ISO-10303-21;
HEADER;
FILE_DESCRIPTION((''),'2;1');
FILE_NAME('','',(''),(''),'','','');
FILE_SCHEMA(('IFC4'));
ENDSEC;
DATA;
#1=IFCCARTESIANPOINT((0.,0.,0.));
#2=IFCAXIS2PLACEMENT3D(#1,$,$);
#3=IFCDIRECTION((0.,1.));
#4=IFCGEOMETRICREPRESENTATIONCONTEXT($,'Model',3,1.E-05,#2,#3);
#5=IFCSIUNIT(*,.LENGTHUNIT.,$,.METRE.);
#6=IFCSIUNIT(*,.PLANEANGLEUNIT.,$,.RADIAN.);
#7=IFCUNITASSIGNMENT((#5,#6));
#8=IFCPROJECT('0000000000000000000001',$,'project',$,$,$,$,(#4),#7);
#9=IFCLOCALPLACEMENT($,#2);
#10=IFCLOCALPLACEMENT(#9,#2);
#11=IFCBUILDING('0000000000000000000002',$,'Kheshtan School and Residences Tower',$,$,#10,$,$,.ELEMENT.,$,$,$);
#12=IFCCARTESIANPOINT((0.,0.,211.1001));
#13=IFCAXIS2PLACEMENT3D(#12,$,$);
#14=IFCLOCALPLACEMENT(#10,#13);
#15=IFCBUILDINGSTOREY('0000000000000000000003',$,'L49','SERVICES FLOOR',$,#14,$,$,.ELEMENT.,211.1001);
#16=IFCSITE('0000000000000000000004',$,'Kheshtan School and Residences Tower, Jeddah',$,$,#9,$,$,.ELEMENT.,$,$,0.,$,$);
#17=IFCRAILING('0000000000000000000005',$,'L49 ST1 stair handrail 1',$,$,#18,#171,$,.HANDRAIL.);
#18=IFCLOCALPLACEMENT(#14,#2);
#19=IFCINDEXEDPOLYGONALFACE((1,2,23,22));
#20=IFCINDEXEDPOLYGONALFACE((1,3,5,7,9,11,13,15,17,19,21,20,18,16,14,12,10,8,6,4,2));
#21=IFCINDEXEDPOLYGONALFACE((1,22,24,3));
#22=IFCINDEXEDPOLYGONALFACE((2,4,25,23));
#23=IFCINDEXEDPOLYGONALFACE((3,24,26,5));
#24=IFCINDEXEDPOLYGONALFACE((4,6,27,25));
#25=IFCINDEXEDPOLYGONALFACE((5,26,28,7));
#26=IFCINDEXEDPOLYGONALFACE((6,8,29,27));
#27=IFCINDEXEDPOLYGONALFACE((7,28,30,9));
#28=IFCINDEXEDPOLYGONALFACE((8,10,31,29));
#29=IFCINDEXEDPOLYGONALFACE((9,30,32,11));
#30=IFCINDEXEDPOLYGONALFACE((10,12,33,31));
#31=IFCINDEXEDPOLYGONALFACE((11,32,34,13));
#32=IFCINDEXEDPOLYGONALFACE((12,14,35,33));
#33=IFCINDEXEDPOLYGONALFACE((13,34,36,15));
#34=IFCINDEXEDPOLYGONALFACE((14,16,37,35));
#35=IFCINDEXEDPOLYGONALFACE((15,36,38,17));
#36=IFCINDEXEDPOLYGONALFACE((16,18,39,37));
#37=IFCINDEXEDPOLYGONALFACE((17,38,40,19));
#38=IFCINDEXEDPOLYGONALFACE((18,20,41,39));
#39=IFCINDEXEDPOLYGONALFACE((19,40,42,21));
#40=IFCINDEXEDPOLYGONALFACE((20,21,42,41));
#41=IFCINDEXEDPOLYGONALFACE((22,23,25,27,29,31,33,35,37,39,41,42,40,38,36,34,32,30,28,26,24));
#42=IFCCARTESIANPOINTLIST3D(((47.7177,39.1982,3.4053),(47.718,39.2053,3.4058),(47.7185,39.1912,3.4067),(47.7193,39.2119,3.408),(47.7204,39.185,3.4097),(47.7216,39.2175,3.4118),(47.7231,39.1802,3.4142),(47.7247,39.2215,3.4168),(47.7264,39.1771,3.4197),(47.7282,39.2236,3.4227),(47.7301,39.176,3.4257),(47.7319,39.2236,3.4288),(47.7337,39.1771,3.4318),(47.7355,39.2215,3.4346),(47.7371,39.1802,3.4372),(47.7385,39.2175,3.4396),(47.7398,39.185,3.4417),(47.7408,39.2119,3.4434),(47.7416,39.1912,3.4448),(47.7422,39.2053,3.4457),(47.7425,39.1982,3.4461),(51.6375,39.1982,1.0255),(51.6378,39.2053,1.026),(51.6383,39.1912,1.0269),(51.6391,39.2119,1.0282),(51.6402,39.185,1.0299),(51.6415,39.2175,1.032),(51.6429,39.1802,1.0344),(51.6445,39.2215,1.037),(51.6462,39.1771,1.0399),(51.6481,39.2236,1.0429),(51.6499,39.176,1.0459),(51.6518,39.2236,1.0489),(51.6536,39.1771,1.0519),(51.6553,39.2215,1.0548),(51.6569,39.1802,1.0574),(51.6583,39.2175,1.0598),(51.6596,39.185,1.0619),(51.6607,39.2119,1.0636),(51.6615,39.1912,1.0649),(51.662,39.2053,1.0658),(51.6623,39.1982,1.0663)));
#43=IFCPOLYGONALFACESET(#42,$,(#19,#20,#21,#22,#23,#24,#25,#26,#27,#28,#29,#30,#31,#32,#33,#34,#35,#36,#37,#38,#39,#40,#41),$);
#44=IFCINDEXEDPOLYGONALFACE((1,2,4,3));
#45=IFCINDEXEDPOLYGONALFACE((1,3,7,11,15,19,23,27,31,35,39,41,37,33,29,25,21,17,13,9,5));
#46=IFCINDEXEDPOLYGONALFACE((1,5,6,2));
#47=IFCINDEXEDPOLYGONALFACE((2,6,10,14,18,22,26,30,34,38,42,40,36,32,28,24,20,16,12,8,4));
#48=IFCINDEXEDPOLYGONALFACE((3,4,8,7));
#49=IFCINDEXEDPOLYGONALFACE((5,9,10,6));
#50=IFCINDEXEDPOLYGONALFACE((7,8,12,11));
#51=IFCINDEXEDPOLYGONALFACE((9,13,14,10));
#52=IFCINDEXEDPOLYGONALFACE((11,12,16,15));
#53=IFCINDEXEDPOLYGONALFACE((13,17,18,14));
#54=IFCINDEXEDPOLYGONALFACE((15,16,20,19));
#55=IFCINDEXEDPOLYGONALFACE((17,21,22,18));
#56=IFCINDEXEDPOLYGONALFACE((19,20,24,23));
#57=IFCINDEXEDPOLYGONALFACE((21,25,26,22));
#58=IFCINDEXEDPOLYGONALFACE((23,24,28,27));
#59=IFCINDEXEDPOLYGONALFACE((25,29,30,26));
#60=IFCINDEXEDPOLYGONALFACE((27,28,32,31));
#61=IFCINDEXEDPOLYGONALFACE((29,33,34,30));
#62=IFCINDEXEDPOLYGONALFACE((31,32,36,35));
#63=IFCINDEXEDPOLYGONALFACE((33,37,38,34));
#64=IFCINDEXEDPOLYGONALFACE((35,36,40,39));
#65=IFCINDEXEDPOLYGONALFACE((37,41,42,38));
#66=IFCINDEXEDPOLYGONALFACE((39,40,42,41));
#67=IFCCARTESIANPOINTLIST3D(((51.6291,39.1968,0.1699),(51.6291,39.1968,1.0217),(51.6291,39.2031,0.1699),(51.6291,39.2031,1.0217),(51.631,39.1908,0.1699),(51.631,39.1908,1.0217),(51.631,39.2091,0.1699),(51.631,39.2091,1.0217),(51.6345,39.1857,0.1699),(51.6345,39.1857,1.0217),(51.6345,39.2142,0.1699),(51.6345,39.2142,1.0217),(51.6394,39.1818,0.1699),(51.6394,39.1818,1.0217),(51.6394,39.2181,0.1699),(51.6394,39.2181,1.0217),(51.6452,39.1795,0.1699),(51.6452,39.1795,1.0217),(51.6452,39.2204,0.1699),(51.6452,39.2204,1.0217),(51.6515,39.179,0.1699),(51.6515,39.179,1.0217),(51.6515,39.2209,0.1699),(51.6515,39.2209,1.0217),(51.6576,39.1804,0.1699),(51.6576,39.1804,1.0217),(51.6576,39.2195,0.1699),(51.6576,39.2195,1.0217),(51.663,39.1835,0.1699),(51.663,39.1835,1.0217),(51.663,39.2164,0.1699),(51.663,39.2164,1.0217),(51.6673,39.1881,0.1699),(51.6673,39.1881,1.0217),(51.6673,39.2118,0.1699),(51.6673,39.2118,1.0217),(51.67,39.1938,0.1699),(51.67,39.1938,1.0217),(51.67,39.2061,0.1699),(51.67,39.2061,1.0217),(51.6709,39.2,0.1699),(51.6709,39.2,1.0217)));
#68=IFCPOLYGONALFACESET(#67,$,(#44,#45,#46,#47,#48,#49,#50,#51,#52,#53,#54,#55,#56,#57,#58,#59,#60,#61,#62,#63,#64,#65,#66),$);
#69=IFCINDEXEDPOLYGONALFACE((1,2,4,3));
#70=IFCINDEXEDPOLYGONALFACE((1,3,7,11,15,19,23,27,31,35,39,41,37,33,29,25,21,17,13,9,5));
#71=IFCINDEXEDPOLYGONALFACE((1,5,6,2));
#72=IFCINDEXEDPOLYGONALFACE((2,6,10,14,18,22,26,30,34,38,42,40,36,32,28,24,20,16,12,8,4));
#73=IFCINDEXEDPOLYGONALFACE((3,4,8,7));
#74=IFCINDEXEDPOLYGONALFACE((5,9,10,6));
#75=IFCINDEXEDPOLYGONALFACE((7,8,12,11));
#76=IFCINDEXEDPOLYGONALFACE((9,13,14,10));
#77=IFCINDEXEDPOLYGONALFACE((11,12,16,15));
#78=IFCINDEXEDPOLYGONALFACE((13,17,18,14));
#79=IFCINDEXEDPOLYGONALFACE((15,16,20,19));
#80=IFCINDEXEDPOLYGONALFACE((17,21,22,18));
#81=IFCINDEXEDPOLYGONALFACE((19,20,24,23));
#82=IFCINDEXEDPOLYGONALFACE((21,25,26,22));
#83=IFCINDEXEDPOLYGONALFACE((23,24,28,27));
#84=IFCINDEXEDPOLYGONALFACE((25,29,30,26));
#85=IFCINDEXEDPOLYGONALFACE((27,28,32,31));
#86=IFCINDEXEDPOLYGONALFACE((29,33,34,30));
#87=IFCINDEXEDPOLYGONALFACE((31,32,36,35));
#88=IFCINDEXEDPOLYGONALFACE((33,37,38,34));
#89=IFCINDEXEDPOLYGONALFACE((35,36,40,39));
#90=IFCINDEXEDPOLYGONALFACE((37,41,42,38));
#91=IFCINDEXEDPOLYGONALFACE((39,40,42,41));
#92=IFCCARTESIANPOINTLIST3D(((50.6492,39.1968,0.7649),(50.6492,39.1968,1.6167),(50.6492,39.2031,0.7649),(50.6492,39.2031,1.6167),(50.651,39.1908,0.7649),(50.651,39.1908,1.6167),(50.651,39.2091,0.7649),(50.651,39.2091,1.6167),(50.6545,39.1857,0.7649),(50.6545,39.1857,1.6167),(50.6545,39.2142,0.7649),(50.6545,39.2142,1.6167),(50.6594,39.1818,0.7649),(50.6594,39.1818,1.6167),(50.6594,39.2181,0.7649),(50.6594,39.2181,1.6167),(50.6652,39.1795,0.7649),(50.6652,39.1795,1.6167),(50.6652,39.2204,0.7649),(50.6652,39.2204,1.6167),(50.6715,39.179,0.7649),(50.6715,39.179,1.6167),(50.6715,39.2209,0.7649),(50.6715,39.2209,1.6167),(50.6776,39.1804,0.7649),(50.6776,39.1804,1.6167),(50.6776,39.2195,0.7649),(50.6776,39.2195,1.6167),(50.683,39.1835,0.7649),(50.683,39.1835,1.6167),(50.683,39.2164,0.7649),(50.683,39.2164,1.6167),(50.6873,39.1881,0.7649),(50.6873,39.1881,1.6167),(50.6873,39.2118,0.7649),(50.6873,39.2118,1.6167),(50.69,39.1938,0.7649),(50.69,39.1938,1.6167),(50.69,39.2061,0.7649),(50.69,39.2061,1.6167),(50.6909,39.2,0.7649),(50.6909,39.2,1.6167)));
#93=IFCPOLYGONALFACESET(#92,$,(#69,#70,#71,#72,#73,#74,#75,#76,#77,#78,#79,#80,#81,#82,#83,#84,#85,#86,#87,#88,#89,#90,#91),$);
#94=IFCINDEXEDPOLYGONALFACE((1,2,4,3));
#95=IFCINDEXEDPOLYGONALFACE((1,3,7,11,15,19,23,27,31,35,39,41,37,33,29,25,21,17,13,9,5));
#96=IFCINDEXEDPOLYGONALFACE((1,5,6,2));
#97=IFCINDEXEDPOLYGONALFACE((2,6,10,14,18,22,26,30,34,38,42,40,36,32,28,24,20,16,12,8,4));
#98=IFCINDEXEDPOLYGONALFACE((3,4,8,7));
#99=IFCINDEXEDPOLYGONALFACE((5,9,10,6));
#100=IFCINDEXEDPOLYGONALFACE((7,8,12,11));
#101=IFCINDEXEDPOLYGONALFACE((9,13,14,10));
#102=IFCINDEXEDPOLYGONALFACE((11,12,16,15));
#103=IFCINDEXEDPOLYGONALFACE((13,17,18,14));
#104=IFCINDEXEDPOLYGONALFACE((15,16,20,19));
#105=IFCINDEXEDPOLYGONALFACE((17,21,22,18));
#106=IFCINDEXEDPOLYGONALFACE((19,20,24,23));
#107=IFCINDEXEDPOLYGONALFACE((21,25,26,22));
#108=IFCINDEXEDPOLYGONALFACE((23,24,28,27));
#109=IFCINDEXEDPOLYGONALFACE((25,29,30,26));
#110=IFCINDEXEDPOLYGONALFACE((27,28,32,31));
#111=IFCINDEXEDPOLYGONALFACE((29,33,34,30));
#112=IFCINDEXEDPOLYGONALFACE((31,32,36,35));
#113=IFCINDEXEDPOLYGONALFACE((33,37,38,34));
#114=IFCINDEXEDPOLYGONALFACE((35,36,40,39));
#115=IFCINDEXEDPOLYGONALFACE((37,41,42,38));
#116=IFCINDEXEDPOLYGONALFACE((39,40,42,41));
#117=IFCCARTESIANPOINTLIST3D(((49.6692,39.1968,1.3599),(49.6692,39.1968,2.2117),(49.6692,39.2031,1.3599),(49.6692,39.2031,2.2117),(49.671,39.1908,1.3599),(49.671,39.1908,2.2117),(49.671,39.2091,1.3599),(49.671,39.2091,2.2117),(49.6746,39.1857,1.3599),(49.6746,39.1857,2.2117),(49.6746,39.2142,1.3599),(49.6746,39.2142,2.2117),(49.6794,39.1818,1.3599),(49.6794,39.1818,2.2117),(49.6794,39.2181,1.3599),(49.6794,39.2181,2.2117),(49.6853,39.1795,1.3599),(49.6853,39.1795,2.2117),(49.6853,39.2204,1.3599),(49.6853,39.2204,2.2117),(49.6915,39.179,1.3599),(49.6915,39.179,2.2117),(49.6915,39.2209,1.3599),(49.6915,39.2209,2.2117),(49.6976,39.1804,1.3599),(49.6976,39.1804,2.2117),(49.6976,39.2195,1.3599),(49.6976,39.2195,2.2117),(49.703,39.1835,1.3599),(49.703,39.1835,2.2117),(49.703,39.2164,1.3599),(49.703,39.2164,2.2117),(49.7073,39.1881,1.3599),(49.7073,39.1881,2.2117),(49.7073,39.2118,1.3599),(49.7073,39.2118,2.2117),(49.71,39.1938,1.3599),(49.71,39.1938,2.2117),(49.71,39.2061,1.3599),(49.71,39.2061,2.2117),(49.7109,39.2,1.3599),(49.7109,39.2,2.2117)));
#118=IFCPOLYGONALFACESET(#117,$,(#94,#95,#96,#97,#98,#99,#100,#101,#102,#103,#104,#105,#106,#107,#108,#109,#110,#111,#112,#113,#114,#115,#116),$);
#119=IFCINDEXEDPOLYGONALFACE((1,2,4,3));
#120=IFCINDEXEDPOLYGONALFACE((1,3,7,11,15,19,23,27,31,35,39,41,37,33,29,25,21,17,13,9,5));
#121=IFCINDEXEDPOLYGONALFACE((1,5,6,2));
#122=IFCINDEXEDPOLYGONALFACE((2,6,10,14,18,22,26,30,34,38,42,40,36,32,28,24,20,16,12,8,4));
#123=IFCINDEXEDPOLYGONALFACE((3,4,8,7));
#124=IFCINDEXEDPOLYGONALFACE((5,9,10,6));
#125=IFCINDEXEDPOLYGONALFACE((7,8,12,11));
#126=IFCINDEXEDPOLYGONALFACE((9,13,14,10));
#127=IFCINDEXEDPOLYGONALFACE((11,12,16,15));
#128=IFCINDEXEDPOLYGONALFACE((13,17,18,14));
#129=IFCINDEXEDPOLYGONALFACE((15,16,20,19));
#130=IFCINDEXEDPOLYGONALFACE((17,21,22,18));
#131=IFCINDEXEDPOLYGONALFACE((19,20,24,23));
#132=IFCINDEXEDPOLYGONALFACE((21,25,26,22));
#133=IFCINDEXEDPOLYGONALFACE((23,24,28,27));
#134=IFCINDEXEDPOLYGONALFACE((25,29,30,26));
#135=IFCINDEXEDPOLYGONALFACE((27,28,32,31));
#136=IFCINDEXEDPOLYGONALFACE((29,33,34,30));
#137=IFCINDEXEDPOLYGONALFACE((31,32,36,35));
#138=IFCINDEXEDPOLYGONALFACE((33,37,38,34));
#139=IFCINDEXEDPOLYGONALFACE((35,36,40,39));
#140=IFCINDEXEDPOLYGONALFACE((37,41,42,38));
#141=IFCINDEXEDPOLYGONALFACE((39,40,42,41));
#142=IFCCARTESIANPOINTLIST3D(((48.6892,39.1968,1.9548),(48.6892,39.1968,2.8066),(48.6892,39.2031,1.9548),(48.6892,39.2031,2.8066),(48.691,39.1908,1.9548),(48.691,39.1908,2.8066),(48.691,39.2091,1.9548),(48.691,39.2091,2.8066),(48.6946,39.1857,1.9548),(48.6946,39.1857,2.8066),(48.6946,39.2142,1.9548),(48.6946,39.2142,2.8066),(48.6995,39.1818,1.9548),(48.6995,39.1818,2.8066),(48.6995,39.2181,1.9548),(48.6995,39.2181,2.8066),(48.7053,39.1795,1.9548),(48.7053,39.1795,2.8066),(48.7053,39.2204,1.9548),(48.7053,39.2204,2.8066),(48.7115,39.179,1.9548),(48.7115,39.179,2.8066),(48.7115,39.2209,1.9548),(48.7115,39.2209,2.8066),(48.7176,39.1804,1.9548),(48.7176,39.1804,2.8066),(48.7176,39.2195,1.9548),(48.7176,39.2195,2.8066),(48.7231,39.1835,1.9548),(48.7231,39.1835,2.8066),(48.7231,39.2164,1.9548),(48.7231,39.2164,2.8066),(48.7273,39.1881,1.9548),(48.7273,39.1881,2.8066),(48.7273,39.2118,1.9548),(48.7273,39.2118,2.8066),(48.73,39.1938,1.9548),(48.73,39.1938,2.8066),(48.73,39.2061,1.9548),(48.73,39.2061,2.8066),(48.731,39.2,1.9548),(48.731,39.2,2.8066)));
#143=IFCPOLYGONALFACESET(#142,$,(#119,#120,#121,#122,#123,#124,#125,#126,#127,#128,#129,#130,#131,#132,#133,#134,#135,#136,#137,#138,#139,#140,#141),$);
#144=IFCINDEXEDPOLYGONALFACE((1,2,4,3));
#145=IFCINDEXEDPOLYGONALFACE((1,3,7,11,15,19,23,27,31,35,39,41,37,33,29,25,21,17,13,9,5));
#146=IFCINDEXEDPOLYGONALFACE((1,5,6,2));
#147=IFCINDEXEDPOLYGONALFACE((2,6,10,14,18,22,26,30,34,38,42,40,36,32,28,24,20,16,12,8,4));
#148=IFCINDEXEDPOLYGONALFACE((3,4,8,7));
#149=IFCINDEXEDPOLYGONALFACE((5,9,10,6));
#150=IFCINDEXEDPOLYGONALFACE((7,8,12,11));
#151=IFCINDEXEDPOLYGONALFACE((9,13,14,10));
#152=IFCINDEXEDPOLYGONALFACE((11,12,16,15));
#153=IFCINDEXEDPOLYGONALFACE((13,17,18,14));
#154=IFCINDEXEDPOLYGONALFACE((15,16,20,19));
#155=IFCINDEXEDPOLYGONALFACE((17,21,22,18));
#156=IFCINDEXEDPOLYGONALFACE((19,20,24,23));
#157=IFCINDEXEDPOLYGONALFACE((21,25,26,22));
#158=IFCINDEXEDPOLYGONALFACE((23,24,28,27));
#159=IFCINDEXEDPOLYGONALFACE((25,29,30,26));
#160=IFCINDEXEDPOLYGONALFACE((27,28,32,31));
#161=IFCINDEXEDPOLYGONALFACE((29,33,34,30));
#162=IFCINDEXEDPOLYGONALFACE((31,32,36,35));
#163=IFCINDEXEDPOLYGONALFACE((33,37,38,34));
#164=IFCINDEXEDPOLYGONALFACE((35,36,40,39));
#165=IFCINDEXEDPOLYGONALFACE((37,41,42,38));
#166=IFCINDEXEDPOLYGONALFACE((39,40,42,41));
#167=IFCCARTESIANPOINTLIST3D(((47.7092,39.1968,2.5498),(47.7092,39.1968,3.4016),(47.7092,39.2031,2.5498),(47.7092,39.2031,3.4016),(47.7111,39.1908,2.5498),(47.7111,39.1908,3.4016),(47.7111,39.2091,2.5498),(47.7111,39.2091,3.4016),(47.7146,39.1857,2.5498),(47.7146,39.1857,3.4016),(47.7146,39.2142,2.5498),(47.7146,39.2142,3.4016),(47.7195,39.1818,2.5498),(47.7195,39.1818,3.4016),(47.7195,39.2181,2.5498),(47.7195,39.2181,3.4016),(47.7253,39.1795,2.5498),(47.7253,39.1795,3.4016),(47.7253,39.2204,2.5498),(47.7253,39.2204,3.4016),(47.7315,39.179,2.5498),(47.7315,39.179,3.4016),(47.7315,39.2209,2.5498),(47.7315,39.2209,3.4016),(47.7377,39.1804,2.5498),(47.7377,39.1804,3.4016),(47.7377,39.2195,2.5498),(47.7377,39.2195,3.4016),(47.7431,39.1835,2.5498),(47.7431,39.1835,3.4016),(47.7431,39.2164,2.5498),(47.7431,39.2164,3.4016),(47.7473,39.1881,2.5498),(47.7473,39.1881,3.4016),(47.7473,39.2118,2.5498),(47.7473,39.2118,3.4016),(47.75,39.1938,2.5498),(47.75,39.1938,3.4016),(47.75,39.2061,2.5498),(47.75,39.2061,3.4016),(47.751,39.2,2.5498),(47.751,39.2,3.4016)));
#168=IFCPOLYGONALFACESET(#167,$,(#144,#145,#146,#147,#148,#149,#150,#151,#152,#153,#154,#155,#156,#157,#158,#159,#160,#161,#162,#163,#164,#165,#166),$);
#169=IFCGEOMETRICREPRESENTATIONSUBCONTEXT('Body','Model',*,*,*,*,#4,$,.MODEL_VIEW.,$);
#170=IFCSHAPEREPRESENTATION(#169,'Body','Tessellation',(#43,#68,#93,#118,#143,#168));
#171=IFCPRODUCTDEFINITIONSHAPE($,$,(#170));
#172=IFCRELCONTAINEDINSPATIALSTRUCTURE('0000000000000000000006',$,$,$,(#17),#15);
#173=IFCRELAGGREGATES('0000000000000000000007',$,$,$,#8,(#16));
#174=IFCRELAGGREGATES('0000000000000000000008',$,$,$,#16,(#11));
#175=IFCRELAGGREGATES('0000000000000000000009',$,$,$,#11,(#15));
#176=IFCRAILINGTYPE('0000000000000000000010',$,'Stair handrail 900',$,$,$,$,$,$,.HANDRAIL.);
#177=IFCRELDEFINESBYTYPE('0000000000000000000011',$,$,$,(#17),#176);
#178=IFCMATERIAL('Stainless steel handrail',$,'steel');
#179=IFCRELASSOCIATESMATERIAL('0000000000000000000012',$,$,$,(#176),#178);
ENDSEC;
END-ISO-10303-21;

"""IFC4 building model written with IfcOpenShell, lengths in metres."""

from ifc_helpers import new_model, si_unit, direction, frame, origin, origin_2d, place, context, subcontext, project, spatial, circle, extrude, material, type_object, element, save


model = new_model("IFC4")

# Units and contexts
model_context = context("Model", 3, precision=1e-05, world=origin(), true_north=direction((0.0, 1.0)))
body_context = subcontext(model_context, "Body", "Model", "MODEL_VIEW")
ifc_project = project(units=[si_unit("LENGTHUNIT", "METRE"), si_unit("PLANEANGLEUNIT", "RADIAN")], contexts=[model_context])

# Site, building, storey
site_placement = place(None, origin())
site = spatial("IfcSite", under=ifc_project, at=site_placement, Name="Kheshtan School and Residences Tower, Jeddah", CompositionType="ELEMENT", RefElevation=0.0)
building_placement = place(site_placement, origin())
building = spatial("IfcBuilding", under=site, at=building_placement, Name="Kheshtan School and Residences Tower", CompositionType="ELEMENT")
storey_placement = place(building_placement, frame((0.0, 0.0, 211.1001)))
storey = spatial("IfcBuildingStorey", under=building, at=storey_placement, Name="L49", Description="SERVICES FLOOR", CompositionType="ELEMENT", Elevation=211.1001)

# Railing
ifc_material_1 = material(Name="Stainless steel handrail", Category="steel")
railing_type_1 = type_object("IfcRailingType", Name="Stair handrail 900", PredefinedType="HANDRAIL", material=ifc_material_1)
railing_1_placement = place(storey_placement, frame((51.6499, 39.2, 0.1699)))
element("IfcRailing", 1, at=railing_1_placement, inside=storey, type_object=railing_type_1, Name="L49 ST1 stair handrail 1", PredefinedType="HANDRAIL", context=body_context, shape_type="SweptSolid", body=[
    extrude(circle(Radius=0.0239, at=origin_2d()), frame((0.0, 0.0, 0.876), z_axis=(-0.854794, 0.0, 0.518967), x_axis=(0.0, -1.0, 0.0)), (0.0, 0.0, 1.0), 4.5857),
    extrude(circle(Radius=0.021, at=origin_2d()), origin(), (0.0, 0.0, 1.0), 0.8518),
    extrude(circle(Radius=0.021, at=origin_2d()), frame((-0.98, 0.0, 0.595)), (0.0, 0.0, 1.0), 0.8518),
    extrude(circle(Radius=0.021, at=origin_2d()), frame((-1.96, 0.0, 1.1899)), (0.0, 0.0, 1.0), 0.8518),
    extrude(circle(Radius=0.021, at=origin_2d()), frame((-2.9399, 0.0, 1.7849)), (0.0, 0.0, 1.0), 0.8518),
    extrude(circle(Radius=0.021, at=origin_2d()), frame((-3.9199, 0.0, 2.3799)), (0.0, 0.0, 1.0), 0.8518),
])

save(model, "model.ifc")
